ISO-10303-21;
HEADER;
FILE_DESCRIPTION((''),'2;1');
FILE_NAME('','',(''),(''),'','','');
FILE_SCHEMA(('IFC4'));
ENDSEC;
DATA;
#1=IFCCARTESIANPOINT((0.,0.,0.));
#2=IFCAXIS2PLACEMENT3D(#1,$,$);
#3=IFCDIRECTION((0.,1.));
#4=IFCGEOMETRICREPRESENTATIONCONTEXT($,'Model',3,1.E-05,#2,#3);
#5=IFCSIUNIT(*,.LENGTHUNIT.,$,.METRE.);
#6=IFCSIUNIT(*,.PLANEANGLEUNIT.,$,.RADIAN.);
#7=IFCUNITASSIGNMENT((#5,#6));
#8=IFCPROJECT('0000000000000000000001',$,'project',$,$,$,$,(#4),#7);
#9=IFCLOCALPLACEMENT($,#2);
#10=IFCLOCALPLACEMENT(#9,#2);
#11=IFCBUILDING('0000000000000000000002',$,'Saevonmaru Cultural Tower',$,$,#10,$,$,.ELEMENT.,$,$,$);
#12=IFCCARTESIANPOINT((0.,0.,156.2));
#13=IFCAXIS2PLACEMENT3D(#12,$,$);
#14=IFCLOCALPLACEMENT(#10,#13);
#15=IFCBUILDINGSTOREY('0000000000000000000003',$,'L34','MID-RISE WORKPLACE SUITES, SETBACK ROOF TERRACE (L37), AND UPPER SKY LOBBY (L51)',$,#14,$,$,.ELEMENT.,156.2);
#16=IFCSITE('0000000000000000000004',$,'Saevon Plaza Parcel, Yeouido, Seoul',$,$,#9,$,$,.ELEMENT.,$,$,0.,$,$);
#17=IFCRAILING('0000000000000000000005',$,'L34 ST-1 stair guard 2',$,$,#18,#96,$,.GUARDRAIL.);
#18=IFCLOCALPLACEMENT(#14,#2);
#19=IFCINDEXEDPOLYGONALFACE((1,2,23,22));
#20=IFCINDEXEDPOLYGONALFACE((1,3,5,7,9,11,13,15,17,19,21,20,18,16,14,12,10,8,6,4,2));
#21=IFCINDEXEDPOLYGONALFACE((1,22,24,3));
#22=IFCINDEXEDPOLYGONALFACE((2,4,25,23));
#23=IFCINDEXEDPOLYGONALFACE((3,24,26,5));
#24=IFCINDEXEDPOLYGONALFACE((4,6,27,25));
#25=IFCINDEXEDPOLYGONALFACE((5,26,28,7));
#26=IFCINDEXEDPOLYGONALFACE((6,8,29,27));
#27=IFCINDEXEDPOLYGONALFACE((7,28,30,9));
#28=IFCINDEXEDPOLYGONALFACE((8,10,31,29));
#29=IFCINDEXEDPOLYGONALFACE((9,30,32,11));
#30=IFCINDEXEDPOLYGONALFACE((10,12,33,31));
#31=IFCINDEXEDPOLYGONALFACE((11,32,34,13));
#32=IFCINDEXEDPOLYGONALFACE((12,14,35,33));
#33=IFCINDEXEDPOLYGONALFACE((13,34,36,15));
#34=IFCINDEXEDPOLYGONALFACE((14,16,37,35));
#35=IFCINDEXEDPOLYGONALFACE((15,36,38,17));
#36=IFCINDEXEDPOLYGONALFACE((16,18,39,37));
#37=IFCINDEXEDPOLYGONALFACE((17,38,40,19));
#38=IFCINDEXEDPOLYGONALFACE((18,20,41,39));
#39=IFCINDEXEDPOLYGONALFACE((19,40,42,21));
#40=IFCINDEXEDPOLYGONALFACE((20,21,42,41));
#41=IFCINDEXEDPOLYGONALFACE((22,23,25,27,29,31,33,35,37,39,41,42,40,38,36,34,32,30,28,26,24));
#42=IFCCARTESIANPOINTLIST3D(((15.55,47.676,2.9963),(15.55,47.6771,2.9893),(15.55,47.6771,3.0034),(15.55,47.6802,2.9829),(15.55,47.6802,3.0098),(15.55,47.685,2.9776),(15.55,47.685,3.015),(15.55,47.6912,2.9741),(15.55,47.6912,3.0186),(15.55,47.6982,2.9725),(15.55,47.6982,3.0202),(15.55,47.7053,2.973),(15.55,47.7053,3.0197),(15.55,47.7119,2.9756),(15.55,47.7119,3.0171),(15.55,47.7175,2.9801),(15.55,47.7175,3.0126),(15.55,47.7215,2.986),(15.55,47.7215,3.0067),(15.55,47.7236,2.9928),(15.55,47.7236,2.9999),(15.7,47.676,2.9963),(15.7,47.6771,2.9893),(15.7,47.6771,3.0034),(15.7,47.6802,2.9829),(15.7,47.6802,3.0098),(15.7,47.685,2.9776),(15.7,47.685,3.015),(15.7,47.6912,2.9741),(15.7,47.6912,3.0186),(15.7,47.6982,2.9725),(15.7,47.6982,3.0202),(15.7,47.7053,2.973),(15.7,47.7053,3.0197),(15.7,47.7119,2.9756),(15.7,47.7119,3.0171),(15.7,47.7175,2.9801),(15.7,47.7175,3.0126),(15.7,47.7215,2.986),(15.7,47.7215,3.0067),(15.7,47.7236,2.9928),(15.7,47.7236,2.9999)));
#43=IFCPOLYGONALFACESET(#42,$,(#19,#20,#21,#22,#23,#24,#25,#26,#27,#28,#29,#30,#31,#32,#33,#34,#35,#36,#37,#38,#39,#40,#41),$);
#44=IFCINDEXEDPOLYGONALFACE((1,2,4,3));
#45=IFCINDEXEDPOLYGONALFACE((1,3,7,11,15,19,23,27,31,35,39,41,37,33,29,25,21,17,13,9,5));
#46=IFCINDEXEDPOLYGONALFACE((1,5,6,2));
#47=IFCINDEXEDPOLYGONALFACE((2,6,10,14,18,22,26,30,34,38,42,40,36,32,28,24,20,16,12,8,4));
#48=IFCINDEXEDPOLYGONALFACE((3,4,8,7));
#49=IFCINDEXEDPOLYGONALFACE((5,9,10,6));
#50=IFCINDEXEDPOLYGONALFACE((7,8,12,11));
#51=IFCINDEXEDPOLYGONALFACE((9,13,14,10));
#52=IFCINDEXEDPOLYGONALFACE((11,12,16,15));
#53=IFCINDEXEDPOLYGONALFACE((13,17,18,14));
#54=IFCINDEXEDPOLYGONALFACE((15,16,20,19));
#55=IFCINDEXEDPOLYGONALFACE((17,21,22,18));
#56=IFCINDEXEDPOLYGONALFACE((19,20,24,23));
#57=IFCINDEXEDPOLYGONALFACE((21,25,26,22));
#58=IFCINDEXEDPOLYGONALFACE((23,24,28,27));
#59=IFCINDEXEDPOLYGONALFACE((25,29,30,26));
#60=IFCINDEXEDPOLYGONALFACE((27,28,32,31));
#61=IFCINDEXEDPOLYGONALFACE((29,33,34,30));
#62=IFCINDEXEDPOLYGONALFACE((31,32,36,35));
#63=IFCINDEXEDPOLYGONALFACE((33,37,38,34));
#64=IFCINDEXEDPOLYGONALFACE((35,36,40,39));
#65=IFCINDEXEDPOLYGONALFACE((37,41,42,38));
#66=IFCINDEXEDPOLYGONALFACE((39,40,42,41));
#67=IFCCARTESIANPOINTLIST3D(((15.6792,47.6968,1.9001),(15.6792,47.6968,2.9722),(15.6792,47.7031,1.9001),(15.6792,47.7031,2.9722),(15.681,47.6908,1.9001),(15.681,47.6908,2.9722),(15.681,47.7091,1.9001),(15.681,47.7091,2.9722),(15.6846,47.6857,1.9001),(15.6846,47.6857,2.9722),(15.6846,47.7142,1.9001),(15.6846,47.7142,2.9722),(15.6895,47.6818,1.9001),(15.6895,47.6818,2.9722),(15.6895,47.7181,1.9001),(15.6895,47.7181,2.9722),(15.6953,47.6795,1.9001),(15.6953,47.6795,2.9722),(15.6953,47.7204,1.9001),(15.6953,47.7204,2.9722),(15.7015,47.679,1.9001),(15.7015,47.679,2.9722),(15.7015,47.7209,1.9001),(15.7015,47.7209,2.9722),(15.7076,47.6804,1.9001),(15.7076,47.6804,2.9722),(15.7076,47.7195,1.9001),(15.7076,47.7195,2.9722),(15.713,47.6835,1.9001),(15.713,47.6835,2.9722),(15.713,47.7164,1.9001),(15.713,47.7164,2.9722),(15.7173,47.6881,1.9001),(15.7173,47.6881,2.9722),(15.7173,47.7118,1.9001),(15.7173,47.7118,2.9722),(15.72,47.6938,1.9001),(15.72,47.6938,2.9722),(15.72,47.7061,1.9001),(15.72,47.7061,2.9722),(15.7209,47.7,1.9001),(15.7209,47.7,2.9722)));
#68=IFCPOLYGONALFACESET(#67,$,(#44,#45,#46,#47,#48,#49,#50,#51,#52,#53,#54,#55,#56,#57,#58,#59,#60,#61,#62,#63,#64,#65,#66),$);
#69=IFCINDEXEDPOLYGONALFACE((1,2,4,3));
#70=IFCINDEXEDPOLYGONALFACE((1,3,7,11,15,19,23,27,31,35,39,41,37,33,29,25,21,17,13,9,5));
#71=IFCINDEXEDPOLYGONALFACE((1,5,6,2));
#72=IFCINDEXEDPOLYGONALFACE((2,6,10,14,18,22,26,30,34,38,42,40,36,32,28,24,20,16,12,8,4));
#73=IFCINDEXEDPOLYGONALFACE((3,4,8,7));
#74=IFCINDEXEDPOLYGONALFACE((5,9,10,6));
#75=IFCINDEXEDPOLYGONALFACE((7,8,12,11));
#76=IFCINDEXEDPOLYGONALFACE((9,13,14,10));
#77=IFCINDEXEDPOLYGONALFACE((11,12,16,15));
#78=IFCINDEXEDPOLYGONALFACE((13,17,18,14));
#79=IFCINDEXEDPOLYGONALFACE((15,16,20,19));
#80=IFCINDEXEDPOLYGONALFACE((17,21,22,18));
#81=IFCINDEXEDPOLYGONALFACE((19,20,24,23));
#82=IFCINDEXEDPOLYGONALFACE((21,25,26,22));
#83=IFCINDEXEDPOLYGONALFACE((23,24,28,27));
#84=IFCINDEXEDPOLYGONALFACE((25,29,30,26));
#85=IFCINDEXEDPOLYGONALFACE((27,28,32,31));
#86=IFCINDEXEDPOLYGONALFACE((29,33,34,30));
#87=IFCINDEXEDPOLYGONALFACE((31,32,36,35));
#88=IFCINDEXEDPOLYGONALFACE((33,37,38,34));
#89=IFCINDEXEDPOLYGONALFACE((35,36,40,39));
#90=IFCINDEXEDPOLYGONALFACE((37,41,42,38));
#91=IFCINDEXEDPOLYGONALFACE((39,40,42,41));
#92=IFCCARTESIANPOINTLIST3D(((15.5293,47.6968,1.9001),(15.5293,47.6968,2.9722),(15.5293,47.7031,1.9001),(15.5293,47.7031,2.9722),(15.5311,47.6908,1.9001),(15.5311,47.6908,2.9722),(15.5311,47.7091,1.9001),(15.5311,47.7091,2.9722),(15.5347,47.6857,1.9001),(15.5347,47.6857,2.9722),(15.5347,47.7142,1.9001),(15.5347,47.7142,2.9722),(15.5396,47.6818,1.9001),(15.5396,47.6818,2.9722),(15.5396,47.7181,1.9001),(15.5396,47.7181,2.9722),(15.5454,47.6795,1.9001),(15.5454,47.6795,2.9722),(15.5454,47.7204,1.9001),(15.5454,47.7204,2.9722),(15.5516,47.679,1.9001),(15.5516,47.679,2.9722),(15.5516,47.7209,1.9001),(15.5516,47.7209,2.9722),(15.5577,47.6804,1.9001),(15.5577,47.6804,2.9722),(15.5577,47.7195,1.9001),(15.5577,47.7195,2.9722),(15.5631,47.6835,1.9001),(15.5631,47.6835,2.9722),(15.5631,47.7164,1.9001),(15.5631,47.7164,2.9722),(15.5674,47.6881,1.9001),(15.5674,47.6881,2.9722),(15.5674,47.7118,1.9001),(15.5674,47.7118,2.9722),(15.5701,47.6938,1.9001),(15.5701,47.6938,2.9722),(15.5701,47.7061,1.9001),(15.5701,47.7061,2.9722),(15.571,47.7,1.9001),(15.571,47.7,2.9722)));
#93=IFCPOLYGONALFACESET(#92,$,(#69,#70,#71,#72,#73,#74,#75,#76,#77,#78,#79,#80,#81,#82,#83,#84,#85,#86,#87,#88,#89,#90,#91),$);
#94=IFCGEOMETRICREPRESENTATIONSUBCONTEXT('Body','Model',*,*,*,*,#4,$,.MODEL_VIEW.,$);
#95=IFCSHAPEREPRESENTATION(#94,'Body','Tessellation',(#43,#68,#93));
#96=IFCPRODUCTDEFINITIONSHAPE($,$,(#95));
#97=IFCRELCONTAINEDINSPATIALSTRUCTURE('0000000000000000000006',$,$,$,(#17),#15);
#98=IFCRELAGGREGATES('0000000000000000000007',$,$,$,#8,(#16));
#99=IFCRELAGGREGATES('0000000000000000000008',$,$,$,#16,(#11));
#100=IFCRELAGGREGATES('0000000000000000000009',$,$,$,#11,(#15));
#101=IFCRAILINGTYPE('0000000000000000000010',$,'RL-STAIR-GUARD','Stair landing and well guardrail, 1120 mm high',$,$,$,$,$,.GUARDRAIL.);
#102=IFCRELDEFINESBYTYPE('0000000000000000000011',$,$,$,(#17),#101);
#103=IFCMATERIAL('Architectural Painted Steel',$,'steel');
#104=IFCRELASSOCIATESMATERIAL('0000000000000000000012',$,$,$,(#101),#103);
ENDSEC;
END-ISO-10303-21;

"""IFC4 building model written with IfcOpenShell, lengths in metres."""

from ifc_helpers import new_model, si_unit, direction, frame, origin, origin_2d, place, context, subcontext, project, spatial, circle, extrude, material, type_object, element, save


model = new_model("IFC4")

# Units and contexts
model_context = context("Model", 3, precision=1e-05, world=origin(), true_north=direction((0.0, 1.0)))
body_context = subcontext(model_context, "Body", "Model", "MODEL_VIEW")
ifc_project = project(units=[si_unit("LENGTHUNIT", "METRE"), si_unit("PLANEANGLEUNIT", "RADIAN")], contexts=[model_context])

# Site, building, storey
site_placement = place(None, origin())
site = spatial("IfcSite", under=ifc_project, at=site_placement, Name="Saevon Plaza Parcel, Yeouido, Seoul", CompositionType="ELEMENT", RefElevation=0.0)
building_placement = place(site_placement, origin())
building = spatial("IfcBuilding", under=site, at=building_placement, Name="Saevonmaru Cultural Tower", CompositionType="ELEMENT")
storey_placement = place(building_placement, frame((0.0, 0.0, 156.2)))
storey = spatial("IfcBuildingStorey", under=building, at=storey_placement, Name="L34", Description="MID-RISE WORKPLACE SUITES, SETBACK ROOF TERRACE (L37), AND UPPER SKY LOBBY (L51)", CompositionType="ELEMENT", Elevation=156.2)

# Railing
ifc_material_1 = material(Name="Architectural Painted Steel", Category="steel")
railing_type_1 = type_object("IfcRailingType", Name="RL-STAIR-GUARD", Description="Stair landing and well guardrail, 1120 mm high", PredefinedType="GUARDRAIL", material=ifc_material_1)
railing_1_placement = place(storey_placement, frame((15.7, 47.7, 1.9001)))
element("IfcRailing", 1, at=railing_1_placement, inside=storey, type_object=railing_type_1, Name="L34 ST-1 stair guard 2", PredefinedType="GUARDRAIL", context=body_context, shape_type="SweptSolid", body=[
    extrude(circle(Radius=0.0239, at=origin_2d()), frame((0.0, 0.0, 1.0962), z_axis=(-1.0, 0.0, 0.0), x_axis=(0.0, -1.0, 0.0)), (0.0, 0.0, 1.0), 0.1499),
    extrude(circle(Radius=0.021, at=origin_2d()), origin(), (0.0, 0.0, 1.0), 1.072),
    extrude(circle(Radius=0.021, at=origin_2d()), frame((-0.1499, 0.0, 0.0)), (0.0, 0.0, 1.0), 1.072),
])

save(model, "model.ifc")
